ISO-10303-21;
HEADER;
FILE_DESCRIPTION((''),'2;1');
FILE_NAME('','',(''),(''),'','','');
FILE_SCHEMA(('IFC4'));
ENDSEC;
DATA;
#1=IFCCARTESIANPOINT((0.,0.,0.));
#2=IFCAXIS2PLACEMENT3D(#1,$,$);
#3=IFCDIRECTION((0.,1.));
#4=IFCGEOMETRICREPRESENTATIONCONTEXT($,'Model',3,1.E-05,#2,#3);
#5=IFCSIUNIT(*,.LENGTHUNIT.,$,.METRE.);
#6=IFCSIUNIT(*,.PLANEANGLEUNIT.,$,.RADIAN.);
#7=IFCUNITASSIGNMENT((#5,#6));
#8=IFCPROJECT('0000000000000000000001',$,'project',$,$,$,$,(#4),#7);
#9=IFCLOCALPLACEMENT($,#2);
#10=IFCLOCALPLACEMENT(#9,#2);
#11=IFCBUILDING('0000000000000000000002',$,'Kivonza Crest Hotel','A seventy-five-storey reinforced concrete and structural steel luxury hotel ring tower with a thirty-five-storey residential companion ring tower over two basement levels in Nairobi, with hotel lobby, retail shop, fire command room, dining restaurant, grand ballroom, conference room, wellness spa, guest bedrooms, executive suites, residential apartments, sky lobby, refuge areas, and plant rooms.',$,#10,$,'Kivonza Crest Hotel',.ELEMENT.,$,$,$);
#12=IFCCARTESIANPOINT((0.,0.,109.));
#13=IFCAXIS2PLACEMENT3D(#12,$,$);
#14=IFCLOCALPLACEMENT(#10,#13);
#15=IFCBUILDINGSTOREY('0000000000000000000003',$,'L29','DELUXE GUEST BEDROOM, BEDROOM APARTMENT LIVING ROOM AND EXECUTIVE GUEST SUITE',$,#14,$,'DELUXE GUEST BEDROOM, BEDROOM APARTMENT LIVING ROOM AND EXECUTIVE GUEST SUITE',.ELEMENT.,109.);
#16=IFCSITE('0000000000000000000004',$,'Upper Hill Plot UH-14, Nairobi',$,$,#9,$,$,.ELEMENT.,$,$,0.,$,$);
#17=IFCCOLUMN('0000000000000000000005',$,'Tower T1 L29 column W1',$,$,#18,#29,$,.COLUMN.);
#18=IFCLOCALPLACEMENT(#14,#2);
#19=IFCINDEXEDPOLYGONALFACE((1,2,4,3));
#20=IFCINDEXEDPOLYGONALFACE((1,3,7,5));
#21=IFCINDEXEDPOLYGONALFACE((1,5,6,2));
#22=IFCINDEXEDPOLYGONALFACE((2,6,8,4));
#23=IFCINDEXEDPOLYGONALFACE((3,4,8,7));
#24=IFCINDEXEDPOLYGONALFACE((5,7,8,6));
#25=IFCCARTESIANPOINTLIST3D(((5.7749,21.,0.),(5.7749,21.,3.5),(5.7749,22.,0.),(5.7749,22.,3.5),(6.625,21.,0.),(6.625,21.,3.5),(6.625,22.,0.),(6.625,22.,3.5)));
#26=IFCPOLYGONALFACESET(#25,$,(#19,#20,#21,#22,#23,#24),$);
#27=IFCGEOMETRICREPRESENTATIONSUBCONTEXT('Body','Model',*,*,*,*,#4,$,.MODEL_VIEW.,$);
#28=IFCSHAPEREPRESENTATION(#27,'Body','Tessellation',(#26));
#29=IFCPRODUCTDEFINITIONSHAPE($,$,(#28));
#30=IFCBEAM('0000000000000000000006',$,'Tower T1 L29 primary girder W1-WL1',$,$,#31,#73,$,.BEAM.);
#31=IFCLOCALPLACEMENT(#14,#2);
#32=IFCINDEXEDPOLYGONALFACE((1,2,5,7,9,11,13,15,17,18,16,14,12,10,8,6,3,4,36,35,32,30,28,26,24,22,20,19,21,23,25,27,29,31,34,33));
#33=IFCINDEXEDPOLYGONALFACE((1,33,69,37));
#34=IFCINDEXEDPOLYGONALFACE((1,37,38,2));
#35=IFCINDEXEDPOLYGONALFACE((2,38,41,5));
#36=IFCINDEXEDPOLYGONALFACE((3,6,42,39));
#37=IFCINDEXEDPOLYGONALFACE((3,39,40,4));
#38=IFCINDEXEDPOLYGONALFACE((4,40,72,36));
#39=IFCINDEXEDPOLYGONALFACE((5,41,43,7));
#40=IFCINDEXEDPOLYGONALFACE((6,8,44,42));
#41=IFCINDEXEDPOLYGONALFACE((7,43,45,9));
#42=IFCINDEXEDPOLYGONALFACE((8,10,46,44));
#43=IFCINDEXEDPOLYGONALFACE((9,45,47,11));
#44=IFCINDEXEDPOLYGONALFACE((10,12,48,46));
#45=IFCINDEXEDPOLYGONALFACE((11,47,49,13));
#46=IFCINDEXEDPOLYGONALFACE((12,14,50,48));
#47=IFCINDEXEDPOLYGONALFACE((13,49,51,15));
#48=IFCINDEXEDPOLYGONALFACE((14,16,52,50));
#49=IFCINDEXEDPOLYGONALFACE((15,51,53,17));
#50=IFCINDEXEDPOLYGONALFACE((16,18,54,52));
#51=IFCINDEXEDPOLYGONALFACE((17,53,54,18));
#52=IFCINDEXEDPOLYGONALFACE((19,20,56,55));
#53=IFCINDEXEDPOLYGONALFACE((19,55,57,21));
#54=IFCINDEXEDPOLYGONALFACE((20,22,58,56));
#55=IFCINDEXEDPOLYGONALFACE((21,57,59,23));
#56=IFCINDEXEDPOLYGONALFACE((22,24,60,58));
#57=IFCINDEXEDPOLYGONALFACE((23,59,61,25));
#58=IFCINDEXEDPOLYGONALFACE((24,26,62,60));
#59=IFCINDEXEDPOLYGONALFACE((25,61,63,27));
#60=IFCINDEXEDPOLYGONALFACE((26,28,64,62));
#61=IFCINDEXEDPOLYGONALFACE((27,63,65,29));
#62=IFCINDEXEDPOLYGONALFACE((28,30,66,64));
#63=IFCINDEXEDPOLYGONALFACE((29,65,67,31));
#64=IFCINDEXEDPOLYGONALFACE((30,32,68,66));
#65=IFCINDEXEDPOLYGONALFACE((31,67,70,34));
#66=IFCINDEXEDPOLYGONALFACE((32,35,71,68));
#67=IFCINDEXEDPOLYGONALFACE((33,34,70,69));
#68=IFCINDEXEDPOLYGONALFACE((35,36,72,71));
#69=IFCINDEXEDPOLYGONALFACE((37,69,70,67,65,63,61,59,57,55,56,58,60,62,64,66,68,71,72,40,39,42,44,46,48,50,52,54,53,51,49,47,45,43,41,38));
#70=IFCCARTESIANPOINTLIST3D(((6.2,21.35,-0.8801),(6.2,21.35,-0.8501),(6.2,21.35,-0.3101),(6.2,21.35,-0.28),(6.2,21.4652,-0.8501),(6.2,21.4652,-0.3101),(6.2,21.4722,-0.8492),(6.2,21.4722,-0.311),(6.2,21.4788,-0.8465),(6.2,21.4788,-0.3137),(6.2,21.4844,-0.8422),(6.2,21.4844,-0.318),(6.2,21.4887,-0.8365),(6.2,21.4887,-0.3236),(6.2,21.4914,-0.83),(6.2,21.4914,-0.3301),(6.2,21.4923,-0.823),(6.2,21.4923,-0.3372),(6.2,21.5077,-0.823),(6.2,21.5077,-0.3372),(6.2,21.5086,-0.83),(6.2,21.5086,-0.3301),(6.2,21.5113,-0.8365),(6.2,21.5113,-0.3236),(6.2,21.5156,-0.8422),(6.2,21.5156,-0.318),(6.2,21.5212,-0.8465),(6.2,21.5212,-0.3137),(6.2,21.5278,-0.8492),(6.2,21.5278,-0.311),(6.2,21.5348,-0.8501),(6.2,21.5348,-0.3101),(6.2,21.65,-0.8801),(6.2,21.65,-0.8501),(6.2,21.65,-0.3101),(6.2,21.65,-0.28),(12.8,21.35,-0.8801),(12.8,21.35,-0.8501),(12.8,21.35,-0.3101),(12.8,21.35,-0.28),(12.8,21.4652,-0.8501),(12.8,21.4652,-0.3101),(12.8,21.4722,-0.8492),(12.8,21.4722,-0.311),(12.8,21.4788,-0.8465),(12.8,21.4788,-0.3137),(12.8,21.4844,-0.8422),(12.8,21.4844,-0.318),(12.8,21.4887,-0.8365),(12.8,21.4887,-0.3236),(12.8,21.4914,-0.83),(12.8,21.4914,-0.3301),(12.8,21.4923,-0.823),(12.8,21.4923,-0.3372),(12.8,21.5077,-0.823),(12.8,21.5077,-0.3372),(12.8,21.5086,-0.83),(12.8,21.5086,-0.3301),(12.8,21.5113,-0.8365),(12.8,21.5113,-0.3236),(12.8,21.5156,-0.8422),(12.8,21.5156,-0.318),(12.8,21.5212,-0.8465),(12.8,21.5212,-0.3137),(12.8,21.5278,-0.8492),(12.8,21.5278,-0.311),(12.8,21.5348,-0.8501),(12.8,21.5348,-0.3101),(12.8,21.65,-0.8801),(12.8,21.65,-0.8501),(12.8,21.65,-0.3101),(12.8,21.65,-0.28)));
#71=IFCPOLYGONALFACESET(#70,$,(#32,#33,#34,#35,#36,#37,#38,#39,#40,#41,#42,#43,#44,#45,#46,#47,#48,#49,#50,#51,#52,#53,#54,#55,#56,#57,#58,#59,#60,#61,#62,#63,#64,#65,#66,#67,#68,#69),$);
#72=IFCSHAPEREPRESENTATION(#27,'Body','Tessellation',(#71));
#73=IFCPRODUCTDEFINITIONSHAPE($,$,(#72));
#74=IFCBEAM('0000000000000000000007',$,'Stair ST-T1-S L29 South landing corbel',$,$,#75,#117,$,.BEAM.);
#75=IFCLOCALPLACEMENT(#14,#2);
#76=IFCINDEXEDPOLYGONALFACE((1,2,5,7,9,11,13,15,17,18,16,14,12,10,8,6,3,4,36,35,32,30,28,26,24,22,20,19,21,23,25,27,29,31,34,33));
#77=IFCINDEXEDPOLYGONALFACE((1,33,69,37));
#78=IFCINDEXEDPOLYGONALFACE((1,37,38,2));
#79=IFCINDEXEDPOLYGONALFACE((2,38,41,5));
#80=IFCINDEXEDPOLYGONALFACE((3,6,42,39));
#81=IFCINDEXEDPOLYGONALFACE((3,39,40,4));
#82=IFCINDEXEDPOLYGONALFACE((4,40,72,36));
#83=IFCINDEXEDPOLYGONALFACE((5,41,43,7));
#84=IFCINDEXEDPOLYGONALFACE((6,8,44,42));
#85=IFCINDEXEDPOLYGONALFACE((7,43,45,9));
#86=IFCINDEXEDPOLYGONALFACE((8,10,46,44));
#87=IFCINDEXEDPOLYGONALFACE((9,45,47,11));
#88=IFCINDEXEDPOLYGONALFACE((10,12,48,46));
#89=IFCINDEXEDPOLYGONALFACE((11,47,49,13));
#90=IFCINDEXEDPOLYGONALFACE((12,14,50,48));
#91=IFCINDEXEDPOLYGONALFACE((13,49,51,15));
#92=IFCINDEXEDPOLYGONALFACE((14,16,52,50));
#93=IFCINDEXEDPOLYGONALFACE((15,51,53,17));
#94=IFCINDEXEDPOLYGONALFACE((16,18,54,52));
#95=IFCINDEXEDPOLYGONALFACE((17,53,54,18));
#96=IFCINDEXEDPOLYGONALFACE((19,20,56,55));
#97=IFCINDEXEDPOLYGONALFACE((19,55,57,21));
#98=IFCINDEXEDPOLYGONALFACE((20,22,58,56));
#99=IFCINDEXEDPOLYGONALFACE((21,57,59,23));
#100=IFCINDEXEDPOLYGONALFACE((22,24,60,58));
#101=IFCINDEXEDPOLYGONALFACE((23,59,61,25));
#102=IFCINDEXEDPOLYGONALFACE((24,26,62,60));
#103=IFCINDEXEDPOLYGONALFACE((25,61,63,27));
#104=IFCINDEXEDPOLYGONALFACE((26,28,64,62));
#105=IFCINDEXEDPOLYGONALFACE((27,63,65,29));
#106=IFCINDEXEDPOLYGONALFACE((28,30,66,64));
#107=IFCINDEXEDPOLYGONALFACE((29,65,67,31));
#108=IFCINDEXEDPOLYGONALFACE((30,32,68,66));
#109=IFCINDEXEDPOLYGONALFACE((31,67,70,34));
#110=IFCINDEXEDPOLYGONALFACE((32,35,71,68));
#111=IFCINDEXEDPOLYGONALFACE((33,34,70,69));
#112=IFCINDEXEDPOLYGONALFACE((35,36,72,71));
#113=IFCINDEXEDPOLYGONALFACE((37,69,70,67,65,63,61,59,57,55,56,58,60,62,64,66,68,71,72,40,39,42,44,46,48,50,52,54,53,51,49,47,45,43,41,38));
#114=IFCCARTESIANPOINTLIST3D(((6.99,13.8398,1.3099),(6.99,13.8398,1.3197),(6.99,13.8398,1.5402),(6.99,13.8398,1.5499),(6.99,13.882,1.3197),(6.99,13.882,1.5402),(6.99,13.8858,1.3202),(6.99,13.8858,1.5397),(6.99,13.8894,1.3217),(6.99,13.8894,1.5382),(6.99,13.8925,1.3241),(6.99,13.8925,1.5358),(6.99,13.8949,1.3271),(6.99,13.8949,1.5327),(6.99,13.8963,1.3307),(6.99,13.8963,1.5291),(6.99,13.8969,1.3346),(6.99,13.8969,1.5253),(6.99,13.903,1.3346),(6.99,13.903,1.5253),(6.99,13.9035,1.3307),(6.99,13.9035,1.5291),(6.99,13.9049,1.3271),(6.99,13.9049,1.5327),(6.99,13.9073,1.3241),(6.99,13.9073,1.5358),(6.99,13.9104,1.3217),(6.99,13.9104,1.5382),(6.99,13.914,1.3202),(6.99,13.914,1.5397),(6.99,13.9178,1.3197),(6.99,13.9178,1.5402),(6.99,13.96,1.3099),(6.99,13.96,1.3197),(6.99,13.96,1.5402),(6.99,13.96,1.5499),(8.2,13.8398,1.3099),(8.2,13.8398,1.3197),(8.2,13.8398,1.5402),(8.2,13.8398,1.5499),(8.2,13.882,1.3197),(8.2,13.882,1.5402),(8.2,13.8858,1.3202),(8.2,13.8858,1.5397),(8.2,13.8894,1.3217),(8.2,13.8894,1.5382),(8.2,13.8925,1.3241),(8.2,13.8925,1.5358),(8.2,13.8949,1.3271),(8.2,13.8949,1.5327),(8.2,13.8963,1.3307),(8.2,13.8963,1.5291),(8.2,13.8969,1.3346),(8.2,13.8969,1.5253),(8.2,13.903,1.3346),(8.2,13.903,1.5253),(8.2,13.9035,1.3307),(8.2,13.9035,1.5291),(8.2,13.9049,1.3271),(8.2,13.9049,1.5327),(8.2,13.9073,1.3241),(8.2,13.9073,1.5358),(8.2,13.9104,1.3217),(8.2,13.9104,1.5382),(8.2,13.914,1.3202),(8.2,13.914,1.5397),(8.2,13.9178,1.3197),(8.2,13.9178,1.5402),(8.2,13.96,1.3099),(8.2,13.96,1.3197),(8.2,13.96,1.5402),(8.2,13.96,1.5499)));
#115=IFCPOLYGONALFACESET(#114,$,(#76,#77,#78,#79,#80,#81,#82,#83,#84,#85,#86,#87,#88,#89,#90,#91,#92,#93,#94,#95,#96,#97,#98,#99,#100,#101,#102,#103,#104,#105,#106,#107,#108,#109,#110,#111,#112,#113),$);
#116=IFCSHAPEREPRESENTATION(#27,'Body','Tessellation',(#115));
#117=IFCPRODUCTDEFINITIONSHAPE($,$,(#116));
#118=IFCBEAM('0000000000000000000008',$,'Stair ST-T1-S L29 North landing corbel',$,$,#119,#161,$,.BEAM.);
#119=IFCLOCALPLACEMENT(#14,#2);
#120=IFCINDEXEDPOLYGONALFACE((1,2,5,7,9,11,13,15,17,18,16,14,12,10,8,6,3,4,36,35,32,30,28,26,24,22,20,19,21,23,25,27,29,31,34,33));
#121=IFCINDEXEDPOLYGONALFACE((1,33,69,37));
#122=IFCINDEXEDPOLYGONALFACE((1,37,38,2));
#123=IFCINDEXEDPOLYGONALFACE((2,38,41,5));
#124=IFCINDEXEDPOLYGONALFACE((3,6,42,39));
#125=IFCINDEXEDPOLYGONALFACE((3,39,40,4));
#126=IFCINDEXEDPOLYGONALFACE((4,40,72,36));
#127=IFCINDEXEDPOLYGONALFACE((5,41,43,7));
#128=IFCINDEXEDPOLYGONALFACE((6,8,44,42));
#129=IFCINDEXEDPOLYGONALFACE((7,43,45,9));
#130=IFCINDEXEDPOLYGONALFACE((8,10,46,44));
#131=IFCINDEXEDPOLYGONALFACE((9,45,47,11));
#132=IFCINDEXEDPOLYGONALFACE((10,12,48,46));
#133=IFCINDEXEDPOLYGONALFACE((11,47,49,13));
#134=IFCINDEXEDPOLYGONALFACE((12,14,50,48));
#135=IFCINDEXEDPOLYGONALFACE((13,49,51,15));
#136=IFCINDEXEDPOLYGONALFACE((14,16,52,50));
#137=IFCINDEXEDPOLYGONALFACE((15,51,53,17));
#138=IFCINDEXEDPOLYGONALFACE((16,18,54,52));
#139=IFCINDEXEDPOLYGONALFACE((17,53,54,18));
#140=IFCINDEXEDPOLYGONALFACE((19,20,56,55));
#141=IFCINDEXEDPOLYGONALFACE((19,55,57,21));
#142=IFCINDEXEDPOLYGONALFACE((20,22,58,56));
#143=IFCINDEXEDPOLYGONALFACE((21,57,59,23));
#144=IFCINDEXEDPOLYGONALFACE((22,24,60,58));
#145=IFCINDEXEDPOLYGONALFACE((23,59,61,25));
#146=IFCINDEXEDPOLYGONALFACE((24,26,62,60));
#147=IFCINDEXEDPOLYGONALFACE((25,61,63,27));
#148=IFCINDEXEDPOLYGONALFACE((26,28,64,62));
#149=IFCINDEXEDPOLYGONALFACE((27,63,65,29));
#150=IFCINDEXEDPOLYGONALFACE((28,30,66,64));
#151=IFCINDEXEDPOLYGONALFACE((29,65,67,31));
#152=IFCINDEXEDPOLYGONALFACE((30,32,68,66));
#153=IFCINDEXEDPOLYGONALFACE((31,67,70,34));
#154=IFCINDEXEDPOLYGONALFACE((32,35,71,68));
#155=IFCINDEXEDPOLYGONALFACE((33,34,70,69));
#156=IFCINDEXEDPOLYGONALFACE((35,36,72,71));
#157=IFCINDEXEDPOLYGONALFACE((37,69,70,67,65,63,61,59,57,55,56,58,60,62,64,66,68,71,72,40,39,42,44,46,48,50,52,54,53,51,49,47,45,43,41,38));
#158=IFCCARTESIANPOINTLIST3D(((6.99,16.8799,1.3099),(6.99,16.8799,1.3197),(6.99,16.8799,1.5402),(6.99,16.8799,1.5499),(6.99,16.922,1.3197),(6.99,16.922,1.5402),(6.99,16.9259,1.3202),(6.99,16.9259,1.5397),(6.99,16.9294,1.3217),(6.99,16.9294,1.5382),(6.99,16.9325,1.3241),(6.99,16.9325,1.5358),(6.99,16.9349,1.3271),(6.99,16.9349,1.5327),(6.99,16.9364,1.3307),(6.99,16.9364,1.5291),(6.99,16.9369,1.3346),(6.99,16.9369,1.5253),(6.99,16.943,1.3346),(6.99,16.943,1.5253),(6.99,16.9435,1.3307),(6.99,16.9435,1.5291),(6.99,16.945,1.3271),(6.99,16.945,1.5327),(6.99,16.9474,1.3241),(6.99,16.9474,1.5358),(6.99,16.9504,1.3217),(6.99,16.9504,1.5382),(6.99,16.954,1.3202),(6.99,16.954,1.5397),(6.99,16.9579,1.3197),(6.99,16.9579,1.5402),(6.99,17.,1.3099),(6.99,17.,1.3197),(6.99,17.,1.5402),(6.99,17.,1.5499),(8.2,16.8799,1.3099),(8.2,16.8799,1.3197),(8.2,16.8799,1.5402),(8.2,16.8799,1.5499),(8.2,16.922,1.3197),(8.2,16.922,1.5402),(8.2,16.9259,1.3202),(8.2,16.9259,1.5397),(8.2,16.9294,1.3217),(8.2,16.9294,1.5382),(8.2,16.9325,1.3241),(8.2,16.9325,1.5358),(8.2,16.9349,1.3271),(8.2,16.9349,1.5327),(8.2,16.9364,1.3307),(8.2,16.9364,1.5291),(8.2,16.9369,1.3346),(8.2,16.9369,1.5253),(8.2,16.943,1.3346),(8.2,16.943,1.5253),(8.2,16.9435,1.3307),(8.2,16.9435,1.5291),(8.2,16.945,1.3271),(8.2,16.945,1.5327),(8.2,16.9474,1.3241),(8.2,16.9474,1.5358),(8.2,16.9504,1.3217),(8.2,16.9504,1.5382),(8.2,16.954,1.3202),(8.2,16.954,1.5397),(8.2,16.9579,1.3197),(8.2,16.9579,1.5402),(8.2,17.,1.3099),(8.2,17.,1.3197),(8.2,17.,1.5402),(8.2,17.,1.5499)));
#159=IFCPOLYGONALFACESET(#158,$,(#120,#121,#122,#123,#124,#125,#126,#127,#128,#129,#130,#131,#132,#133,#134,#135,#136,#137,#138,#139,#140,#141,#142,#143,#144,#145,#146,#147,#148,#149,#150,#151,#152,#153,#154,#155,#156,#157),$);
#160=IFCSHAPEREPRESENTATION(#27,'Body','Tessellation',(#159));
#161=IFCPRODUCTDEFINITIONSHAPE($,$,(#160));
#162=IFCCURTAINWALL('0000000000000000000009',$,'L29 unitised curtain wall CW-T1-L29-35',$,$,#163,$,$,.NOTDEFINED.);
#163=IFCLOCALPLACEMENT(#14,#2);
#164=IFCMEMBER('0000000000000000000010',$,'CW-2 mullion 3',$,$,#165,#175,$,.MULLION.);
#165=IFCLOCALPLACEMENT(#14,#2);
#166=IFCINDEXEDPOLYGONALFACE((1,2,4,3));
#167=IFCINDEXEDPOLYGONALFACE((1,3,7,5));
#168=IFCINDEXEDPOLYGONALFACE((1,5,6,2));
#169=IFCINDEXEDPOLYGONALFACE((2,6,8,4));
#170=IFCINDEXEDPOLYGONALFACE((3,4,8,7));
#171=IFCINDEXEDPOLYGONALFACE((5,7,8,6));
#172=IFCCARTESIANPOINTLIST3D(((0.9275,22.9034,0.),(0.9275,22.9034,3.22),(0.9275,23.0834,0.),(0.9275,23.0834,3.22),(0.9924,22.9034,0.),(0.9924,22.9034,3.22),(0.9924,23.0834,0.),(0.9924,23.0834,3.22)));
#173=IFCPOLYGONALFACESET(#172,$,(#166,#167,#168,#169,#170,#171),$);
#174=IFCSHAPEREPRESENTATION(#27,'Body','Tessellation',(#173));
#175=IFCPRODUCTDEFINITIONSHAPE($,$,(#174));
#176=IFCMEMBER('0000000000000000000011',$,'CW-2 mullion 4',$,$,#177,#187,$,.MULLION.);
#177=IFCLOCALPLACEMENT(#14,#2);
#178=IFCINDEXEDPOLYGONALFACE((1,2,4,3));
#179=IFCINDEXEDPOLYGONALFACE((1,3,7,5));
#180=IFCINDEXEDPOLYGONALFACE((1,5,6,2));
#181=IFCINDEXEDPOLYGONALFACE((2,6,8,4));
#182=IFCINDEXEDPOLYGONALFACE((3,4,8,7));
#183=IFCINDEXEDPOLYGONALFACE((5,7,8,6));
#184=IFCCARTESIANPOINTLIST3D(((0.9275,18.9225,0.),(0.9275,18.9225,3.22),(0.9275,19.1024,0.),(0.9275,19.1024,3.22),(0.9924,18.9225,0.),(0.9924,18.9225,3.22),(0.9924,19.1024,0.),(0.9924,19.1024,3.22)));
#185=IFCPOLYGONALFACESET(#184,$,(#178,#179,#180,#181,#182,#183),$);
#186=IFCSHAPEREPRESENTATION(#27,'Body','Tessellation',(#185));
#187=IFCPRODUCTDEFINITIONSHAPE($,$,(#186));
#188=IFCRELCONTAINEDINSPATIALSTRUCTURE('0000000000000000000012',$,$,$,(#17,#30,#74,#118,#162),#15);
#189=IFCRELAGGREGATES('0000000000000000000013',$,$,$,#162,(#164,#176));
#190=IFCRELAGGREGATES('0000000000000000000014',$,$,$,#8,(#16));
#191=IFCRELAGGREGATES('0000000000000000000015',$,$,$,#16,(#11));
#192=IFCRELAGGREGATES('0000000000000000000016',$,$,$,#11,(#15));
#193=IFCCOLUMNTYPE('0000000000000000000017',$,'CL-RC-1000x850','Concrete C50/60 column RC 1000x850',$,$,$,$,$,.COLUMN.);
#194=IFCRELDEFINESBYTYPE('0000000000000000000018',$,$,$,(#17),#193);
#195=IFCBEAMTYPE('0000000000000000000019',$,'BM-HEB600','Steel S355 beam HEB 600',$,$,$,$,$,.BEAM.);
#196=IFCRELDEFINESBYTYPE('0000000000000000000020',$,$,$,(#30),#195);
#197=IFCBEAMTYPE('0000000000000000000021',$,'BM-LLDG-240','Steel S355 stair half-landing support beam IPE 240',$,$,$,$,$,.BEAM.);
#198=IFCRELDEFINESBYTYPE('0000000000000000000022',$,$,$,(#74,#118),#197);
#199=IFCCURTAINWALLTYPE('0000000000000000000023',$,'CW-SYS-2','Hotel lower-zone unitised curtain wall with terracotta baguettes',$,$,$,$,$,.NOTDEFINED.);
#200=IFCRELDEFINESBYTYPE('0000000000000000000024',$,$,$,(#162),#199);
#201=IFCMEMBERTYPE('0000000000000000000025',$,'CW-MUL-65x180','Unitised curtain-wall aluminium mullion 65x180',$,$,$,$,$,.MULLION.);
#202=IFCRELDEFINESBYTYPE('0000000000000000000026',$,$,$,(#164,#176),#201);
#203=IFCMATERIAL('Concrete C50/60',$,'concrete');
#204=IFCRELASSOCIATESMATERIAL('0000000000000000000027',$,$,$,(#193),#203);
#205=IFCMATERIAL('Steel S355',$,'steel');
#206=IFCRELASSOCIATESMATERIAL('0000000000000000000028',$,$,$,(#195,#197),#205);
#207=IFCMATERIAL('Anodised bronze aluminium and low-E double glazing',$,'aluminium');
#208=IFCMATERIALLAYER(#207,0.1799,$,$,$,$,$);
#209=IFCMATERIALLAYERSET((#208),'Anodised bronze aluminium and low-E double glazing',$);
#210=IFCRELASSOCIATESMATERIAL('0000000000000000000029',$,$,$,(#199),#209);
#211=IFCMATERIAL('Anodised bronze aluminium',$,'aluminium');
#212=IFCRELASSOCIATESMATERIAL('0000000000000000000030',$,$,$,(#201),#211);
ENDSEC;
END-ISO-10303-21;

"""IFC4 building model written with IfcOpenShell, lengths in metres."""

from ifc_helpers import new_model, si_unit, direction, frame, origin, origin_2d, place, context, subcontext, project, spatial, rectangle, i_section, extrude, material, layer, layer_set, material_profile, profile_set, type_object, element, aggregate, save


model = new_model("IFC4")

# Units and contexts
model_context = context("Model", 3, precision=1e-05, world=origin(), true_north=direction((0.0, 1.0)))
body_context = subcontext(model_context, "Body", "Model", "MODEL_VIEW")
ifc_project = project(units=[si_unit("LENGTHUNIT", "METRE"), si_unit("PLANEANGLEUNIT", "RADIAN")], contexts=[model_context])

# Site, building, storey
site_placement = place(None, origin())
site = spatial("IfcSite", under=ifc_project, at=site_placement, Name="Upper Hill Plot UH-14, Nairobi", CompositionType="ELEMENT", RefElevation=0.0)
building_placement = place(site_placement, origin())
building = spatial("IfcBuilding", under=site, at=building_placement, Name="Kivonza Crest Hotel", Description="A seventy-five-storey reinforced concrete and structural steel luxury hotel ring tower with a thirty-five-storey residential companion ring tower over two basement levels in Nairobi, with hotel lobby, retail shop, fire command room, dining restaurant, grand ballroom, conference room, wellness spa, guest bedrooms, executive suites, residential apartments, sky lobby, refuge areas, and plant rooms.", LongName="Kivonza Crest Hotel", CompositionType="ELEMENT")
storey_placement = place(building_placement, frame((0.0, 0.0, 109.0)))
storey = spatial("IfcBuildingStorey", under=building, at=storey_placement, Name="L29", Description="DELUXE GUEST BEDROOM, BEDROOM APARTMENT LIVING ROOM AND EXECUTIVE GUEST SUITE", LongName="DELUXE GUEST BEDROOM, BEDROOM APARTMENT LIVING ROOM AND EXECUTIVE GUEST SUITE", CompositionType="ELEMENT", Elevation=109.0)

# Column
ifc_material_1 = material(Name="Concrete C50/60", Category="concrete")
ifc_material_profile_1 = material_profile(ifc_material_1, rectangle(XDim=0.8501, YDim=1.0, at=origin_2d()), Name="RC 1000x850")
ifc_profile_set_1 = profile_set([ifc_material_profile_1], Name="Concrete C50/60")
column_type = type_object("IfcColumnType", Name="CL-RC-1000x850", Description="Concrete C50/60 column RC 1000x850", PredefinedType="COLUMN", material=ifc_profile_set_1)
column_placement = place(storey_placement, frame((6.2, 21.5, 0.0), z_axis=(0.0, 0.0, 1.0), x_axis=(1.0, 0.0, 0.0)))
element("IfcColumn", 1, at=column_placement, inside=storey, type_object=column_type, Name="Tower T1 L29 column W1", PredefinedType="COLUMN", context=body_context, shape_type="SweptSolid", body=[
    extrude(rectangle(XDim=0.8501, YDim=1.0, at=origin_2d()), origin(), (0.0, 0.0, 1.0), 3.5),
])

# Beams
ifc_material_2 = material(Name="Steel S355", Category="steel")
ifc_material_profile_2 = material_profile(ifc_material_2, i_section(OverallWidth=0.3, OverallDepth=0.6001, WebThickness=0.0154, FlangeThickness=0.03, FilletRadius=0.0271, at=origin_2d()), Name="HEB 600")
ifc_profile_set_2 = profile_set([ifc_material_profile_2], Name="Steel S355")
beam_type_1 = type_object("IfcBeamType", Name="BM-HEB600", Description="Steel S355 beam HEB 600", PredefinedType="BEAM", material=ifc_profile_set_2)
beam_placement = place(storey_placement, frame((6.2, 21.5, -0.5801), z_axis=(1.0, 0.0, 0.0), x_axis=(0.0, 1.0, 0.0)))
element("IfcBeam", 2, at=beam_placement, inside=storey, type_object=beam_type_1, Name="Tower T1 L29 primary girder W1-WL1", PredefinedType="BEAM", context=body_context, shape_type="SweptSolid", body=[
    extrude(i_section(OverallWidth=0.3, OverallDepth=0.6001, WebThickness=0.0154, FlangeThickness=0.03, FilletRadius=0.0271, at=origin_2d()), origin(), (0.0, 0.0, 1.0), 6.6001),
])
ifc_material_profile_3 = material_profile(ifc_material_2, i_section(OverallWidth=0.1201, OverallDepth=0.24, WebThickness=0.0061, FlangeThickness=0.0098, FilletRadius=0.0149, at=origin_2d()), Name="IPE 240")
ifc_profile_set_3 = profile_set([ifc_material_profile_3], Name="Steel S355")
beam_type_2 = type_object("IfcBeamType", Name="BM-LLDG-240", Description="Steel S355 stair half-landing support beam IPE 240", PredefinedType="BEAM", material=ifc_profile_set_3)
for number, where, z_axis, x_axis, name in (
    (3, (6.99, 13.8999, 1.4299), (1.0, 0.0, 0.0), (0.0, 1.0, 0.0), "Stair ST-T1-S L29 South landing corbel"),
    (4, (6.99, 16.9399, 1.4299), (1.0, 0.0, 0.0), (0.0, 1.0, 0.0), "Stair ST-T1-S L29 North landing corbel"),
):
    element("IfcBeam", number, at=place(storey_placement, frame(where, z_axis=z_axis, x_axis=x_axis)), inside=storey, type_object=beam_type_2, Name=name, PredefinedType="BEAM", context=body_context, shape_type="SweptSolid", body=[
        extrude(i_section(OverallWidth=0.1201, OverallDepth=0.24, WebThickness=0.0061, FlangeThickness=0.0098, FilletRadius=0.0149, at=origin_2d()), origin(), (0.0, 0.0, 1.0), 1.21),
    ])

# Curtain wall, members
ifc_material_3 = material(Name="Anodised bronze aluminium and low-E double glazing", Category="aluminium")
ifc_layer_1 = layer(ifc_material_3, 0.1799)
ifc_layer_set_1 = layer_set([ifc_layer_1], Name="Anodised bronze aluminium and low-E double glazing")
curtain_wall_type = type_object("IfcCurtainWallType", Name="CW-SYS-2", Description="Hotel lower-zone unitised curtain wall with terracotta baguettes", PredefinedType="NOTDEFINED", material=ifc_layer_set_1)
curtain_wall_placement = place(storey_placement, origin())
curtain_wall = element("IfcCurtainWall", 5, at=curtain_wall_placement, inside=storey, type_object=curtain_wall_type, Name="L29 unitised curtain wall CW-T1-L29-35", PredefinedType="NOTDEFINED")
ifc_material_4 = material(Name="Anodised bronze aluminium", Category="aluminium")
ifc_material_profile_4 = material_profile(ifc_material_4, rectangle(XDim=0.0649, YDim=0.1799, at=origin_2d()), Name="CW-M 65x180")
ifc_profile_set_4 = profile_set([ifc_material_profile_4], Name="Anodised bronze aluminium")
member_type_1 = type_object("IfcMemberType", Name="CW-MUL-65x180", Description="Unitised curtain-wall aluminium mullion 65x180", PredefinedType="MULLION", material=ifc_profile_set_4)
member_1_placement = place(storey_placement, frame((0.96, 22.9934, 0.0), z_axis=(0.0, 0.0, 1.0), x_axis=(1.0, 0.0, 0.0)))
member_1 = element("IfcMember", 6, at=member_1_placement, type_object=member_type_1, Name="CW-2 mullion 3", PredefinedType="MULLION", context=body_context, shape_type="SweptSolid", body=[
    extrude(rectangle(XDim=0.0649, YDim=0.1799, at=origin_2d()), origin(), (0.0, 0.0, 1.0), 3.22),
])
member_2_placement = place(storey_placement, frame((0.96, 19.0125, 0.0), z_axis=(0.0, 0.0, 1.0), x_axis=(1.0, 0.0, 0.0)))
member_2 = element("IfcMember", 7, at=member_2_placement, type_object=member_type_1, Name="CW-2 mullion 4", PredefinedType="MULLION", context=body_context, shape_type="SweptSolid", body=[
    extrude(rectangle(XDim=0.0649, YDim=0.1799, at=origin_2d()), origin(), (0.0, 0.0, 1.0), 3.22),
])
aggregate(curtain_wall, [member_1, member_2])

save(model, "model.ifc")
